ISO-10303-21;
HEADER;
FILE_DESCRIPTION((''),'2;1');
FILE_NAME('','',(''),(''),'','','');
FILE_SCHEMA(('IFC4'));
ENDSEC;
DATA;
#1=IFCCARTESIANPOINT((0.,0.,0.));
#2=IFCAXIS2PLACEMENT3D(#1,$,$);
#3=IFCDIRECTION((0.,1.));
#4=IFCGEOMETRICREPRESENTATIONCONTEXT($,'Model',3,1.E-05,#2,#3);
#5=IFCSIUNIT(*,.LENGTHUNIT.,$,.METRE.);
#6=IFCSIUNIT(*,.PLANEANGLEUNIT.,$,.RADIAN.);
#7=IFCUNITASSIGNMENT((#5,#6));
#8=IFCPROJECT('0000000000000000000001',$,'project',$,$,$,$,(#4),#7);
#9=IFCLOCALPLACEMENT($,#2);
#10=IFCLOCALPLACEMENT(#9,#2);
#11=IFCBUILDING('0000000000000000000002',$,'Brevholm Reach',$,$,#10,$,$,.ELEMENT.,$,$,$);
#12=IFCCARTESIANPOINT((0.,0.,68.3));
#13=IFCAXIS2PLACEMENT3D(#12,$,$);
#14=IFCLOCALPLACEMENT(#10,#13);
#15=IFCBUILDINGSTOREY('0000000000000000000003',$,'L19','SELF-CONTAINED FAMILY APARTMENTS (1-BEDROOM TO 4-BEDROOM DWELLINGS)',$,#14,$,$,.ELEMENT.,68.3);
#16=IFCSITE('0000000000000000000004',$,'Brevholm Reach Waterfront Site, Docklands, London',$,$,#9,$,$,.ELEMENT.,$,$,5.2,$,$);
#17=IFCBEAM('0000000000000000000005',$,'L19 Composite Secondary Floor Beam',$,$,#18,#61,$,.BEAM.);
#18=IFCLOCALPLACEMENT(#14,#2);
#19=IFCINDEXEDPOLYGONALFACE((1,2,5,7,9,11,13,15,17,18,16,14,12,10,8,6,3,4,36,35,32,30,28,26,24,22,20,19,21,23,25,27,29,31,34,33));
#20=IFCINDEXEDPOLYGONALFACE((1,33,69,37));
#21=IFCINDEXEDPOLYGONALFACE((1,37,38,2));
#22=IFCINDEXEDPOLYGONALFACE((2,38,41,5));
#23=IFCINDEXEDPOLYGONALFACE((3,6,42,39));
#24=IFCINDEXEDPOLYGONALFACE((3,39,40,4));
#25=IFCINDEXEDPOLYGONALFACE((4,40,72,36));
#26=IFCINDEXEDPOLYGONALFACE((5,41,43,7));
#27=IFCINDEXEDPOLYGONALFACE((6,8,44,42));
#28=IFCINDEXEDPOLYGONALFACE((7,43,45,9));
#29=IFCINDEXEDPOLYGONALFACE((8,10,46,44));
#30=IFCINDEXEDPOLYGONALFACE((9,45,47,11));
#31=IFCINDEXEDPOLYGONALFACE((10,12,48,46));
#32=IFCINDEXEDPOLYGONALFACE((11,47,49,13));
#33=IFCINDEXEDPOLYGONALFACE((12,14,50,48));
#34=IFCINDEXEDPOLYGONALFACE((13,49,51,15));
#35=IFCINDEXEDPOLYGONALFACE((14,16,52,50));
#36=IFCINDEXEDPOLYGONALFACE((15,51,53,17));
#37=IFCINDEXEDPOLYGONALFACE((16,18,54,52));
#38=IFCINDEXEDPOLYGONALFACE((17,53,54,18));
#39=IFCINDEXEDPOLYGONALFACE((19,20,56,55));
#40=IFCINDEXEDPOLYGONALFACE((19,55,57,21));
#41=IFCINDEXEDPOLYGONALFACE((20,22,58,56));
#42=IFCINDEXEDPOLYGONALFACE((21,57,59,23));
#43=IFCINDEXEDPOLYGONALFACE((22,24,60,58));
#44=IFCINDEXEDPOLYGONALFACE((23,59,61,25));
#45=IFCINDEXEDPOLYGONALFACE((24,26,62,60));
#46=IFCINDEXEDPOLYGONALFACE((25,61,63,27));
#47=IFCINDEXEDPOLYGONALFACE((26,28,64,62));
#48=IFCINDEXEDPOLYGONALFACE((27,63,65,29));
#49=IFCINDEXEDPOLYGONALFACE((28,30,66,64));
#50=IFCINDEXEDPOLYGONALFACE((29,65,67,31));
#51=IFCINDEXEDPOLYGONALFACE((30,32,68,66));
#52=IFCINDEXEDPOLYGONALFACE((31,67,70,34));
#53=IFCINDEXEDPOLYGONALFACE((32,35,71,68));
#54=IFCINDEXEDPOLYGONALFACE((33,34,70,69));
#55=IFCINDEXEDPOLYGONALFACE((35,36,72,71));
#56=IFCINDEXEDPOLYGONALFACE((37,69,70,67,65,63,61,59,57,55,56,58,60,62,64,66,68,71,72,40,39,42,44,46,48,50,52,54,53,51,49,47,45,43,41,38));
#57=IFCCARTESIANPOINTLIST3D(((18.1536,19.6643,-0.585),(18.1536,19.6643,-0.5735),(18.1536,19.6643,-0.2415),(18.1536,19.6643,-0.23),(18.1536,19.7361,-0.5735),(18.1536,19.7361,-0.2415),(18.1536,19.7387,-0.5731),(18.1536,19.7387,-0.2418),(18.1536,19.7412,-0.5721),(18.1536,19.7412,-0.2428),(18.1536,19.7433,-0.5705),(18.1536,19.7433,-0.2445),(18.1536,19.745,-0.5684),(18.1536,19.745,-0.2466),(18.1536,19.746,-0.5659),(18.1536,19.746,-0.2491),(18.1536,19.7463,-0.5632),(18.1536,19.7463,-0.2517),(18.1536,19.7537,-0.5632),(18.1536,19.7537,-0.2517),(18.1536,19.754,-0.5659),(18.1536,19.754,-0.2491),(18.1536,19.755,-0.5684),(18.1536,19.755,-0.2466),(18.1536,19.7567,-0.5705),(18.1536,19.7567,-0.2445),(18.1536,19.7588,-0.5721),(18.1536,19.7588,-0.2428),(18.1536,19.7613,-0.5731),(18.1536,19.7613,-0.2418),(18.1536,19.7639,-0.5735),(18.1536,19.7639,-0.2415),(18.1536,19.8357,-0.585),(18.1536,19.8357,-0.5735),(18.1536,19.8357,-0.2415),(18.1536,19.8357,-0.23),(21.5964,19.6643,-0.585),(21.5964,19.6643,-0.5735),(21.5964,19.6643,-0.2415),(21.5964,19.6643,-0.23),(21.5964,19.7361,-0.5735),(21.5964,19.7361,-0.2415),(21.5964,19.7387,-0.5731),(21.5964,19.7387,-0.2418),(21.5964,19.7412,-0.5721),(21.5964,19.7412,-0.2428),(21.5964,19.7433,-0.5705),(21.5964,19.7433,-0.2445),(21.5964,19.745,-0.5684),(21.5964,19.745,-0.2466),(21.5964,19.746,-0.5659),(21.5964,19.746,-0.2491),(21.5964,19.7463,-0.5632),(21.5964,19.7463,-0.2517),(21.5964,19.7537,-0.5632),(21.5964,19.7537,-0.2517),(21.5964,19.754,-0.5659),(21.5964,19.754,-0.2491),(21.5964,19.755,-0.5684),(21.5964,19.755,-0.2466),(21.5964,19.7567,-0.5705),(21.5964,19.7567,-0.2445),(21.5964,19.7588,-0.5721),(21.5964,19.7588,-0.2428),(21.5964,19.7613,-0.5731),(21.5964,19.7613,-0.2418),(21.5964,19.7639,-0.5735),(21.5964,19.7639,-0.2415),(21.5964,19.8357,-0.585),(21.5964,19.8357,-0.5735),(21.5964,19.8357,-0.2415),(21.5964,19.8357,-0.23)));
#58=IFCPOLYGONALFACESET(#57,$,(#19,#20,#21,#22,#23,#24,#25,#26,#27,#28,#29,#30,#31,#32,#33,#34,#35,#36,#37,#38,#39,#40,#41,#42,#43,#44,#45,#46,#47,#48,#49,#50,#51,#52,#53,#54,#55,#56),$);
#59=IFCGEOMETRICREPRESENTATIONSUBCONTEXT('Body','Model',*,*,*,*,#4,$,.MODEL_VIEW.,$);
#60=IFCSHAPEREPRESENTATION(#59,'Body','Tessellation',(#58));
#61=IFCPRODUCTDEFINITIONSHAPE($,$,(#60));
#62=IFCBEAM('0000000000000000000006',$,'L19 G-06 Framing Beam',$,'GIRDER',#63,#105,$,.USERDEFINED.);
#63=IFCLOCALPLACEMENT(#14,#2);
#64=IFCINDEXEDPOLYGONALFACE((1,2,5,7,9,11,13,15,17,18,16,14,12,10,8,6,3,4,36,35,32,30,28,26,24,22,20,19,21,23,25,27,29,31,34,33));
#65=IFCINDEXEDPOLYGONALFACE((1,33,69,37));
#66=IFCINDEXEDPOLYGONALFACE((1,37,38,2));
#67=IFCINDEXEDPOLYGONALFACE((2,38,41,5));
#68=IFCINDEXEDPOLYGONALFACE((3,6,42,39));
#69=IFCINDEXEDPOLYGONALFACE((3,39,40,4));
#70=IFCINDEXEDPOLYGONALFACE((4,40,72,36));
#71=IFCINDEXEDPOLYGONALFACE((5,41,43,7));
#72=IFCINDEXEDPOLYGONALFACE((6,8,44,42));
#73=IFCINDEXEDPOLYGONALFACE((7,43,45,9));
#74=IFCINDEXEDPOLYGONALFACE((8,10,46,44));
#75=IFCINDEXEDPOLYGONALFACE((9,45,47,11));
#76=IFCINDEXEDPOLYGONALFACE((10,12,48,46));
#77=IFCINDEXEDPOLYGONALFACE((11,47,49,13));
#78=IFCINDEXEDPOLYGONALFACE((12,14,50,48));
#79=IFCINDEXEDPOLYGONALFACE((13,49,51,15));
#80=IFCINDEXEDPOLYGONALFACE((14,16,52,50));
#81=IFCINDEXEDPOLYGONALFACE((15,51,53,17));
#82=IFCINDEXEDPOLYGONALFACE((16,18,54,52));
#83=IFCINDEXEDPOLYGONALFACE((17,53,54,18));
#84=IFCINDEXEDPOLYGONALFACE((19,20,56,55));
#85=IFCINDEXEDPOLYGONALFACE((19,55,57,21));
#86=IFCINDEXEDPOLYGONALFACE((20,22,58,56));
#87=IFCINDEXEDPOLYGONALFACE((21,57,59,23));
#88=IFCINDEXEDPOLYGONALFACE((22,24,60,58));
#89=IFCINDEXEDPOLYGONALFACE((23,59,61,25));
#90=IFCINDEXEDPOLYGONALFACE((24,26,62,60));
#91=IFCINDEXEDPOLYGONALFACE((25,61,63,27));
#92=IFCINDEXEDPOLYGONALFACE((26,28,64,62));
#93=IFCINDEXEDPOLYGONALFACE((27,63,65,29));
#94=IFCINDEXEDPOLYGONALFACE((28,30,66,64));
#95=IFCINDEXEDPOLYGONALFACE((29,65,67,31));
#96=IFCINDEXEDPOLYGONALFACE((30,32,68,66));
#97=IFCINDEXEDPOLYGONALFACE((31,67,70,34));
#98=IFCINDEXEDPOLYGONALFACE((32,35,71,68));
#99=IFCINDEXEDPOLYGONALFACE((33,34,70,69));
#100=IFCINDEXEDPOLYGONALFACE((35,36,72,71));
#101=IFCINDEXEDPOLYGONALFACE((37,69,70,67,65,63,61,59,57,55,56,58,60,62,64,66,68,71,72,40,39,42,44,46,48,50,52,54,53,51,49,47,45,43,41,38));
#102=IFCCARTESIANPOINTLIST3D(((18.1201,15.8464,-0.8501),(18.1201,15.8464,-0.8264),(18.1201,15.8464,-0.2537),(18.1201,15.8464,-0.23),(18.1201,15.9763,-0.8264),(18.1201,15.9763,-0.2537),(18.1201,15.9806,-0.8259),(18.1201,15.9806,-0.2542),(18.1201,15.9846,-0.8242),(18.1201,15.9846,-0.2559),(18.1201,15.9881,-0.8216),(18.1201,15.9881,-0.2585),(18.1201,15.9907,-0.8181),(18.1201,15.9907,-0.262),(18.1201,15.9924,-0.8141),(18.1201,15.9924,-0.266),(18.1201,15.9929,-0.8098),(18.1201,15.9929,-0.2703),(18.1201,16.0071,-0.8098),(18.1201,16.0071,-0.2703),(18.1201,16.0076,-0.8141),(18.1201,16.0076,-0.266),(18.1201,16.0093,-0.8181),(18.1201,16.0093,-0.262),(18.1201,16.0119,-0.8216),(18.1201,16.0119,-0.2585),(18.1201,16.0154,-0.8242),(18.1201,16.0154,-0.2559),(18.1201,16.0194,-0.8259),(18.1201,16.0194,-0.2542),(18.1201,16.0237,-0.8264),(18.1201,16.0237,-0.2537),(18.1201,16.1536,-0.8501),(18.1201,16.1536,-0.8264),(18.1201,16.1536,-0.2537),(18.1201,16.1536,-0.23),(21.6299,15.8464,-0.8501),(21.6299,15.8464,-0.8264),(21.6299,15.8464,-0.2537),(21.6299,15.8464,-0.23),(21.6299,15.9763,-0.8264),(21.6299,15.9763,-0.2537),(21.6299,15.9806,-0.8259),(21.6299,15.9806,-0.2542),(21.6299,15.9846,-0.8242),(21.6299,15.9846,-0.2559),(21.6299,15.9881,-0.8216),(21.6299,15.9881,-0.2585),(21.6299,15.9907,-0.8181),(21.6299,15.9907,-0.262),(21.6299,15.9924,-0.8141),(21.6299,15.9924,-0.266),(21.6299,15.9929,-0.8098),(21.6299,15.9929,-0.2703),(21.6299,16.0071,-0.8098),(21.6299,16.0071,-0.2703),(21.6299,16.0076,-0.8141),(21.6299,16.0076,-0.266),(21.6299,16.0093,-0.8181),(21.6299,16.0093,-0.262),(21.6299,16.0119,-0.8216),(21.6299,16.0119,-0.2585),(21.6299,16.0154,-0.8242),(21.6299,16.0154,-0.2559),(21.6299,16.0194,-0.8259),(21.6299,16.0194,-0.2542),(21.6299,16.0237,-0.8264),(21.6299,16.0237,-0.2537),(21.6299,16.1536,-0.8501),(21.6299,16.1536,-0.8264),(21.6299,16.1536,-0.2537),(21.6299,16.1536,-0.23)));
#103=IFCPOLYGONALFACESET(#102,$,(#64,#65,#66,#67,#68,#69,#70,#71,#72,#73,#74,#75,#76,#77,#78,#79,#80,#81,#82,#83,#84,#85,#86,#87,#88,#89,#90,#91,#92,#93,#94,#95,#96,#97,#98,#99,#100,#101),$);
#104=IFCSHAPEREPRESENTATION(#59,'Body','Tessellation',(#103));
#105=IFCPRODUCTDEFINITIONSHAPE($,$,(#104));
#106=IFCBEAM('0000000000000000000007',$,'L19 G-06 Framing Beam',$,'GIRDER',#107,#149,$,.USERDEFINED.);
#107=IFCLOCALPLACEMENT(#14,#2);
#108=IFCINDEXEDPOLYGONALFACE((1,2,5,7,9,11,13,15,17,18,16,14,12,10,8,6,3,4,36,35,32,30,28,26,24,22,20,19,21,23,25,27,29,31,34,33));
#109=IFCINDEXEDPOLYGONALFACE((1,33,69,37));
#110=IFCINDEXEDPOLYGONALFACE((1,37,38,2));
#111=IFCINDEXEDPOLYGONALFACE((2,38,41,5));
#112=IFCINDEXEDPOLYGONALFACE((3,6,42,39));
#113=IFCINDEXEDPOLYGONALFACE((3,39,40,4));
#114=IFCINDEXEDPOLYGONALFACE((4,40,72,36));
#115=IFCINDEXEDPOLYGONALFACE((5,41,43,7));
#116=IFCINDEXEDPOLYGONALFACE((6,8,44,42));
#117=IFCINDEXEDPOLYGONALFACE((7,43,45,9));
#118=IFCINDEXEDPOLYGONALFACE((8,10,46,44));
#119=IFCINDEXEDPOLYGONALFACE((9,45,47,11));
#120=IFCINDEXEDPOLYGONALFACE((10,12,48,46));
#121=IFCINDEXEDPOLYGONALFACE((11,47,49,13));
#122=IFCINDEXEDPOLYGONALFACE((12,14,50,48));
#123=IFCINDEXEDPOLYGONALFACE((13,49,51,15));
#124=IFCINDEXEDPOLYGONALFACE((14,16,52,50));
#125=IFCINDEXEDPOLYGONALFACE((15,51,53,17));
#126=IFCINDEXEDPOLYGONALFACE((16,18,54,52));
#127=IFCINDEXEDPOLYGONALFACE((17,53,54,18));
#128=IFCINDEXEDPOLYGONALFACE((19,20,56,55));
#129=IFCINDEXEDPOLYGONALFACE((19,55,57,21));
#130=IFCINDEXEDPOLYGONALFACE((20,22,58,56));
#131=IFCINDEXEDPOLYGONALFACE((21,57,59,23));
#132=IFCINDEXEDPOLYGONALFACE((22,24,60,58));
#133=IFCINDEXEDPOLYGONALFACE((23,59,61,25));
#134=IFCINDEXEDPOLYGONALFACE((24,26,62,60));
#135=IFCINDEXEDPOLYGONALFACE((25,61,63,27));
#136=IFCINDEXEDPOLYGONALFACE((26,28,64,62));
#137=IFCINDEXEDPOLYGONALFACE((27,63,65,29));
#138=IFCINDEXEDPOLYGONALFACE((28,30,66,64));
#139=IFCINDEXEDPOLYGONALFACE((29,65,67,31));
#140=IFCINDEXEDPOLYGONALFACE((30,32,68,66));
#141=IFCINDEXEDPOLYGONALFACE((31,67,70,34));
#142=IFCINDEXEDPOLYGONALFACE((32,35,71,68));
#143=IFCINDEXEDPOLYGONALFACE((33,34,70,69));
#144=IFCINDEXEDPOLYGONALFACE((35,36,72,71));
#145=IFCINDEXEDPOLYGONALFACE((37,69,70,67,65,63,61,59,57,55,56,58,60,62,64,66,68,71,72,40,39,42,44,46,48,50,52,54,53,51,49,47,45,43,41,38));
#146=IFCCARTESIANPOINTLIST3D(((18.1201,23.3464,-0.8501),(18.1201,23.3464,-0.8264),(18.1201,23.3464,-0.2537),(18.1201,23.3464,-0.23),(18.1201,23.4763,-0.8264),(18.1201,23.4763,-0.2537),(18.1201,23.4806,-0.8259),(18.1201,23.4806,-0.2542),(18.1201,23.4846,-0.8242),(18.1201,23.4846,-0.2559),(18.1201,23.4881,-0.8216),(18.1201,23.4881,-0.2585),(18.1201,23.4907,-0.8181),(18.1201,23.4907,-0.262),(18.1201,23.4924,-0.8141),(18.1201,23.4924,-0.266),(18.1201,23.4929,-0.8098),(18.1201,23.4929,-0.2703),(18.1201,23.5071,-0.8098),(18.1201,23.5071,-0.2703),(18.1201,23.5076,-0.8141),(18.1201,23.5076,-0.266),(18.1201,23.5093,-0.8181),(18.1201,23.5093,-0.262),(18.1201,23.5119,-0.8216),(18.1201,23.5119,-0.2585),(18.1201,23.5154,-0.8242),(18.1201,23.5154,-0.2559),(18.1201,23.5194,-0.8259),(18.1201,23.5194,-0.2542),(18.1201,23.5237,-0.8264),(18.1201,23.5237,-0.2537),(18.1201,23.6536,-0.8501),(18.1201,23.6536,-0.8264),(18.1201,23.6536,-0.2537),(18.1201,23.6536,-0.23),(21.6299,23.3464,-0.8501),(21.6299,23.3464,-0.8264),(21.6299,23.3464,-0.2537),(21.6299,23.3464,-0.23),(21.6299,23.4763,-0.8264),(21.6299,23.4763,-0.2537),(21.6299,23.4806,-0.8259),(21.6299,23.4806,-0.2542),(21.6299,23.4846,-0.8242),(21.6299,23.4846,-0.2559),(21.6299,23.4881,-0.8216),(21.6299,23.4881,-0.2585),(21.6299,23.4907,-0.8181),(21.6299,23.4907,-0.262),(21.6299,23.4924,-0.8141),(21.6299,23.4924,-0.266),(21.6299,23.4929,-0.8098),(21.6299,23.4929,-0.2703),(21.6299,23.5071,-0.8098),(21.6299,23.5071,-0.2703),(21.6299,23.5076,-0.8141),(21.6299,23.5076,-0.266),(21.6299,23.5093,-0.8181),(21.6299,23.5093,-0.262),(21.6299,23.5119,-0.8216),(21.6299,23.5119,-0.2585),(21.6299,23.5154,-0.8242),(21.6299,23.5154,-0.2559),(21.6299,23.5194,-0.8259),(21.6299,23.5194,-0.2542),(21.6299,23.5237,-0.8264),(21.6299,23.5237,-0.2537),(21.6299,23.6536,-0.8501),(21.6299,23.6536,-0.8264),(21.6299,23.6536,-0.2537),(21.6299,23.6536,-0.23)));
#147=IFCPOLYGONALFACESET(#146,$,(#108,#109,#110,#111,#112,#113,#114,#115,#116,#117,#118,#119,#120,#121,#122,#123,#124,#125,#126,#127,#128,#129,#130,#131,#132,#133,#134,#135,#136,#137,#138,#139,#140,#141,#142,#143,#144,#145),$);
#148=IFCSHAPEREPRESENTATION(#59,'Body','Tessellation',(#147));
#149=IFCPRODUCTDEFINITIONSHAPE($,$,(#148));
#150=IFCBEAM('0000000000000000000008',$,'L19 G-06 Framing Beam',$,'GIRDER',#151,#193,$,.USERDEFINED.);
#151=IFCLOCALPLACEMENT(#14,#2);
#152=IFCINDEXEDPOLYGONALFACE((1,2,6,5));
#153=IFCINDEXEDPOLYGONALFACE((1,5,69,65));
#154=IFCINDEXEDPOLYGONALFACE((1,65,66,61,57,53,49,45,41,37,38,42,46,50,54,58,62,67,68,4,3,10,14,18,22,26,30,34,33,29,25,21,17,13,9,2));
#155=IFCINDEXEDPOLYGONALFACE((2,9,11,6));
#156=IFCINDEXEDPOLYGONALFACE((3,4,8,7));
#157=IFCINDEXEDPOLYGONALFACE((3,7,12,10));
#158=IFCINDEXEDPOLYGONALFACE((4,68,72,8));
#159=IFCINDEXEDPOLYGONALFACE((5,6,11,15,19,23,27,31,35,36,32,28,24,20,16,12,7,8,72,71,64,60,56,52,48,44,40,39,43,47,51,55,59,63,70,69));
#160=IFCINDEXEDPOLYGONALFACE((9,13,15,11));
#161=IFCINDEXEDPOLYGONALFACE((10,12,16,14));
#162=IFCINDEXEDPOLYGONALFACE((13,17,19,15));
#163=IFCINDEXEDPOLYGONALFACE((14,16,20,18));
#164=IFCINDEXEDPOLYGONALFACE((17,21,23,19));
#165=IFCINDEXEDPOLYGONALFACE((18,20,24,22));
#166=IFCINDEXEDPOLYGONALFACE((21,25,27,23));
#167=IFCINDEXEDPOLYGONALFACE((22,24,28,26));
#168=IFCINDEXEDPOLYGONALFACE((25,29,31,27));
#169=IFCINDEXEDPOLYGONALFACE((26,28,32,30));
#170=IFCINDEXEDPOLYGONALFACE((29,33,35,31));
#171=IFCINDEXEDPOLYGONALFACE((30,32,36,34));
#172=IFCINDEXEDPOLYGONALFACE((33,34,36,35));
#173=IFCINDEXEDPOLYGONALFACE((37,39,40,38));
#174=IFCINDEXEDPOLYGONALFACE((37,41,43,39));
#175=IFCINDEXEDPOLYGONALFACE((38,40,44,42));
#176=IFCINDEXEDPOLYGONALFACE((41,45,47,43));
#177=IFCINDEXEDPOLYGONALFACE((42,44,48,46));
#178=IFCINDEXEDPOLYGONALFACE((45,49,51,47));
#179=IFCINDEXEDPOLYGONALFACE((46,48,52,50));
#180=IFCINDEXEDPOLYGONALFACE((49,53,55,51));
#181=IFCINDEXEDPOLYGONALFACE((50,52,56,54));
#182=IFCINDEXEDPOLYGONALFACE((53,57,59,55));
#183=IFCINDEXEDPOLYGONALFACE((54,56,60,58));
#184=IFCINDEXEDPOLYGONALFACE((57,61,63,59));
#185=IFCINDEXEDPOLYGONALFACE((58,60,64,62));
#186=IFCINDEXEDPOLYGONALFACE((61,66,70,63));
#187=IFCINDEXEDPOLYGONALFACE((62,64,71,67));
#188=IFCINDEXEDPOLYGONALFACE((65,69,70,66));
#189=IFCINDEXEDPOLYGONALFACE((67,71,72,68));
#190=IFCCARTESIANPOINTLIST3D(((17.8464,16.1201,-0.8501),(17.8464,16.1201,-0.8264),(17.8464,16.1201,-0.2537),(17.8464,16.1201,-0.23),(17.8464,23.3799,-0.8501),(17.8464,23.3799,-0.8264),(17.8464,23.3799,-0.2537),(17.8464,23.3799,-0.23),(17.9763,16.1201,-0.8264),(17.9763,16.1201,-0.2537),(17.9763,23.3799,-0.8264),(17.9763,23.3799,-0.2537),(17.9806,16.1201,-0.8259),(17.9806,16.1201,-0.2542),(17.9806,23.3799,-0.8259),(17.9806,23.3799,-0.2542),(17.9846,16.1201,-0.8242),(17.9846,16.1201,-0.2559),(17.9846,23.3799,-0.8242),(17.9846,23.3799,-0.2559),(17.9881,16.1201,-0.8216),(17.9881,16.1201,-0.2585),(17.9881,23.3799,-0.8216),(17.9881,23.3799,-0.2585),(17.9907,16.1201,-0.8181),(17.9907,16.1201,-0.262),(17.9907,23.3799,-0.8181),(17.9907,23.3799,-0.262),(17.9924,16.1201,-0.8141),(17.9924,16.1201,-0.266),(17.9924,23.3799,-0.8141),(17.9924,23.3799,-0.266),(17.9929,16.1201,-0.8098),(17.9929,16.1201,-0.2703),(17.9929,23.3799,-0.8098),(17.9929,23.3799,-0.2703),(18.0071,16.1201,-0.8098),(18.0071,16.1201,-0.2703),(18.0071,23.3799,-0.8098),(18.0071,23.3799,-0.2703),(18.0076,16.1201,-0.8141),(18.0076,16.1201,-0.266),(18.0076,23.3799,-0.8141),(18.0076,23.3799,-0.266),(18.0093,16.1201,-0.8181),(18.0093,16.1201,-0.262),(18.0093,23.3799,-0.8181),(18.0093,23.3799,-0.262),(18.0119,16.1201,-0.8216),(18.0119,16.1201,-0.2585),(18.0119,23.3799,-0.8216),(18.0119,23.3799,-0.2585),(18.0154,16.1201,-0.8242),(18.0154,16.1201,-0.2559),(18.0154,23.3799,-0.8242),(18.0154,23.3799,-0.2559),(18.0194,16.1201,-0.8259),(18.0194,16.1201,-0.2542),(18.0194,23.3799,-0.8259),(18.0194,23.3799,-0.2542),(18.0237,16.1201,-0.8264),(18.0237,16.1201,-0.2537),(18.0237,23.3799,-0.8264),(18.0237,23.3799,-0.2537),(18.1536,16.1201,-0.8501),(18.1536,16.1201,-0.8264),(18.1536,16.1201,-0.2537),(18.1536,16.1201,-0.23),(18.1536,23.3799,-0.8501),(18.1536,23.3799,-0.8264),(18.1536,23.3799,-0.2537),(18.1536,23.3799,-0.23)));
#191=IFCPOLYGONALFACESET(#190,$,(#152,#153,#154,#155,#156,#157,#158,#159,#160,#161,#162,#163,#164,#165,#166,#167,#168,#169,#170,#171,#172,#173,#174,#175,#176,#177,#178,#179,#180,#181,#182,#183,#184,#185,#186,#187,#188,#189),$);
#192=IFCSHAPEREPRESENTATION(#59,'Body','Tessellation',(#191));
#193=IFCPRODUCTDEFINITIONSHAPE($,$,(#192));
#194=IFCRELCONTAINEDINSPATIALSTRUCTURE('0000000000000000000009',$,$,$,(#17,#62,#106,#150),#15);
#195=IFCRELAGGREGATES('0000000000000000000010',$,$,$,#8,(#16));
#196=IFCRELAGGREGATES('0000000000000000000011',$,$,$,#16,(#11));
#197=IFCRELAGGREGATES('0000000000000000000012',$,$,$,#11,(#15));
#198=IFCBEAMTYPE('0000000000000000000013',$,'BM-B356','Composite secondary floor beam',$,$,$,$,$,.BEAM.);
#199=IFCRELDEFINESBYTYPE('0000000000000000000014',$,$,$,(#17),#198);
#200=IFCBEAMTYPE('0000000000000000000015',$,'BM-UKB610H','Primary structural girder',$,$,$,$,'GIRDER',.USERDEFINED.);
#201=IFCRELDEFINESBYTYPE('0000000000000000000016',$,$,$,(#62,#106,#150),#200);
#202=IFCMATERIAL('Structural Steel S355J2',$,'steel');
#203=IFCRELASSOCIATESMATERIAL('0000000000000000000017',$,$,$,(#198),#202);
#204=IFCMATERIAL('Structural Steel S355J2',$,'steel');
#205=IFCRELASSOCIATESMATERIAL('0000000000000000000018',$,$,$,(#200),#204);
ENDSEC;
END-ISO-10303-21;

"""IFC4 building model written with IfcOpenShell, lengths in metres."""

from ifc_helpers import new_model, si_unit, direction, frame, origin, origin_2d, place, context, subcontext, project, spatial, i_section, extrude, material, material_profile, profile_set, type_object, element, save


model = new_model("IFC4")

# Units and contexts
model_context = context("Model", 3, precision=1e-05, world=origin(), true_north=direction((0.0, 1.0)))
body_context = subcontext(model_context, "Body", "Model", "MODEL_VIEW")
ifc_project = project(units=[si_unit("LENGTHUNIT", "METRE"), si_unit("PLANEANGLEUNIT", "RADIAN")], contexts=[model_context])

# Site, building, storey
site_placement = place(None, origin())
site = spatial("IfcSite", under=ifc_project, at=site_placement, Name="Brevholm Reach Waterfront Site, Docklands, London", CompositionType="ELEMENT", RefElevation=5.2)
building_placement = place(site_placement, origin())
building = spatial("IfcBuilding", under=site, at=building_placement, Name="Brevholm Reach", CompositionType="ELEMENT")
storey_placement = place(building_placement, frame((0.0, 0.0, 68.3)))
storey = spatial("IfcBuildingStorey", under=building, at=storey_placement, Name="L19", Description="SELF-CONTAINED FAMILY APARTMENTS (1-BEDROOM TO 4-BEDROOM DWELLINGS)", CompositionType="ELEMENT", Elevation=68.3)

# Beams
ifc_material_1 = material(Name="Structural Steel S355J2", Category="steel")
ifc_material_profile_1 = material_profile(ifc_material_1, i_section(OverallWidth=0.1714, OverallDepth=0.355, WebThickness=0.0073, FlangeThickness=0.0115, FilletRadius=0.0103, at=origin_2d()), Name="UKB 356x171x51")
ifc_profile_set_1 = profile_set([ifc_material_profile_1], Name="Structural Steel S355J2")
beam_type_1 = type_object("IfcBeamType", Name="BM-B356", Description="Composite secondary floor beam", PredefinedType="BEAM", material=ifc_profile_set_1)
beam_1_placement = place(storey_placement, frame((18.1536, 19.75, -0.4075), z_axis=(1.0, 0.0, 0.0), x_axis=(0.0, 1.0, 0.0)))
element("IfcBeam", 1, at=beam_1_placement, inside=storey, type_object=beam_type_1, Name="L19 Composite Secondary Floor Beam", PredefinedType="BEAM", context=body_context, shape_type="SweptSolid", body=[
    extrude(i_section(OverallWidth=0.1714, OverallDepth=0.355, WebThickness=0.0073, FlangeThickness=0.0115, FilletRadius=0.0103, at=origin_2d()), origin(), (0.0, 0.0, 1.0), 3.4429),
])
ifc_material_2 = material(Name="Structural Steel S355J2", Category="steel")
ifc_material_profile_2 = material_profile(ifc_material_2, i_section(OverallWidth=0.3071, OverallDepth=0.6201, WebThickness=0.0142, FlangeThickness=0.0237, FilletRadius=0.0166, at=origin_2d()), Name="UKB 610x305x179")
ifc_profile_set_2 = profile_set([ifc_material_profile_2], Name="Structural Steel S355J2")
beam_type_2 = type_object("IfcBeamType", Name="BM-UKB610H", Description="Primary structural girder", ElementType="GIRDER", PredefinedType="USERDEFINED", material=ifc_profile_set_2)
for number, where, z_axis, x_axis, name in (
    (2, (18.1201, 16.0, -0.54), (1.0, 0.0, 0.0), (0.0, 1.0, 0.0), "L19 G-06 Framing Beam"),
    (3, (18.1201, 23.5, -0.54), (1.0, 0.0, 0.0), (0.0, 1.0, 0.0), "L19 G-06 Framing Beam"),
):
    element("IfcBeam", number, at=place(storey_placement, frame(where, z_axis=z_axis, x_axis=x_axis)), inside=storey, type_object=beam_type_2, Name=name, ObjectType="GIRDER", PredefinedType="USERDEFINED", context=body_context, shape_type="SweptSolid", body=[
        extrude(i_section(OverallWidth=0.3071, OverallDepth=0.6201, WebThickness=0.0142, FlangeThickness=0.0237, FilletRadius=0.0166, at=origin_2d()), origin(), (0.0, 0.0, 1.0), 3.5098),
    ])
beam_2_placement = place(storey_placement, frame((18.0, 16.1201, -0.54), z_axis=(0.0, 1.0, 0.0), x_axis=(-1.0, 0.0, 0.0)))
element("IfcBeam", 4, at=beam_2_placement, inside=storey, type_object=beam_type_2, Name="L19 G-06 Framing Beam", ObjectType="GIRDER", PredefinedType="USERDEFINED", context=body_context, shape_type="SweptSolid", body=[
    extrude(i_section(OverallWidth=0.3071, OverallDepth=0.6201, WebThickness=0.0142, FlangeThickness=0.0237, FilletRadius=0.0166, at=origin_2d()), origin(), (0.0, 0.0, 1.0), 7.2598),
])

save(model, "model.ifc")
